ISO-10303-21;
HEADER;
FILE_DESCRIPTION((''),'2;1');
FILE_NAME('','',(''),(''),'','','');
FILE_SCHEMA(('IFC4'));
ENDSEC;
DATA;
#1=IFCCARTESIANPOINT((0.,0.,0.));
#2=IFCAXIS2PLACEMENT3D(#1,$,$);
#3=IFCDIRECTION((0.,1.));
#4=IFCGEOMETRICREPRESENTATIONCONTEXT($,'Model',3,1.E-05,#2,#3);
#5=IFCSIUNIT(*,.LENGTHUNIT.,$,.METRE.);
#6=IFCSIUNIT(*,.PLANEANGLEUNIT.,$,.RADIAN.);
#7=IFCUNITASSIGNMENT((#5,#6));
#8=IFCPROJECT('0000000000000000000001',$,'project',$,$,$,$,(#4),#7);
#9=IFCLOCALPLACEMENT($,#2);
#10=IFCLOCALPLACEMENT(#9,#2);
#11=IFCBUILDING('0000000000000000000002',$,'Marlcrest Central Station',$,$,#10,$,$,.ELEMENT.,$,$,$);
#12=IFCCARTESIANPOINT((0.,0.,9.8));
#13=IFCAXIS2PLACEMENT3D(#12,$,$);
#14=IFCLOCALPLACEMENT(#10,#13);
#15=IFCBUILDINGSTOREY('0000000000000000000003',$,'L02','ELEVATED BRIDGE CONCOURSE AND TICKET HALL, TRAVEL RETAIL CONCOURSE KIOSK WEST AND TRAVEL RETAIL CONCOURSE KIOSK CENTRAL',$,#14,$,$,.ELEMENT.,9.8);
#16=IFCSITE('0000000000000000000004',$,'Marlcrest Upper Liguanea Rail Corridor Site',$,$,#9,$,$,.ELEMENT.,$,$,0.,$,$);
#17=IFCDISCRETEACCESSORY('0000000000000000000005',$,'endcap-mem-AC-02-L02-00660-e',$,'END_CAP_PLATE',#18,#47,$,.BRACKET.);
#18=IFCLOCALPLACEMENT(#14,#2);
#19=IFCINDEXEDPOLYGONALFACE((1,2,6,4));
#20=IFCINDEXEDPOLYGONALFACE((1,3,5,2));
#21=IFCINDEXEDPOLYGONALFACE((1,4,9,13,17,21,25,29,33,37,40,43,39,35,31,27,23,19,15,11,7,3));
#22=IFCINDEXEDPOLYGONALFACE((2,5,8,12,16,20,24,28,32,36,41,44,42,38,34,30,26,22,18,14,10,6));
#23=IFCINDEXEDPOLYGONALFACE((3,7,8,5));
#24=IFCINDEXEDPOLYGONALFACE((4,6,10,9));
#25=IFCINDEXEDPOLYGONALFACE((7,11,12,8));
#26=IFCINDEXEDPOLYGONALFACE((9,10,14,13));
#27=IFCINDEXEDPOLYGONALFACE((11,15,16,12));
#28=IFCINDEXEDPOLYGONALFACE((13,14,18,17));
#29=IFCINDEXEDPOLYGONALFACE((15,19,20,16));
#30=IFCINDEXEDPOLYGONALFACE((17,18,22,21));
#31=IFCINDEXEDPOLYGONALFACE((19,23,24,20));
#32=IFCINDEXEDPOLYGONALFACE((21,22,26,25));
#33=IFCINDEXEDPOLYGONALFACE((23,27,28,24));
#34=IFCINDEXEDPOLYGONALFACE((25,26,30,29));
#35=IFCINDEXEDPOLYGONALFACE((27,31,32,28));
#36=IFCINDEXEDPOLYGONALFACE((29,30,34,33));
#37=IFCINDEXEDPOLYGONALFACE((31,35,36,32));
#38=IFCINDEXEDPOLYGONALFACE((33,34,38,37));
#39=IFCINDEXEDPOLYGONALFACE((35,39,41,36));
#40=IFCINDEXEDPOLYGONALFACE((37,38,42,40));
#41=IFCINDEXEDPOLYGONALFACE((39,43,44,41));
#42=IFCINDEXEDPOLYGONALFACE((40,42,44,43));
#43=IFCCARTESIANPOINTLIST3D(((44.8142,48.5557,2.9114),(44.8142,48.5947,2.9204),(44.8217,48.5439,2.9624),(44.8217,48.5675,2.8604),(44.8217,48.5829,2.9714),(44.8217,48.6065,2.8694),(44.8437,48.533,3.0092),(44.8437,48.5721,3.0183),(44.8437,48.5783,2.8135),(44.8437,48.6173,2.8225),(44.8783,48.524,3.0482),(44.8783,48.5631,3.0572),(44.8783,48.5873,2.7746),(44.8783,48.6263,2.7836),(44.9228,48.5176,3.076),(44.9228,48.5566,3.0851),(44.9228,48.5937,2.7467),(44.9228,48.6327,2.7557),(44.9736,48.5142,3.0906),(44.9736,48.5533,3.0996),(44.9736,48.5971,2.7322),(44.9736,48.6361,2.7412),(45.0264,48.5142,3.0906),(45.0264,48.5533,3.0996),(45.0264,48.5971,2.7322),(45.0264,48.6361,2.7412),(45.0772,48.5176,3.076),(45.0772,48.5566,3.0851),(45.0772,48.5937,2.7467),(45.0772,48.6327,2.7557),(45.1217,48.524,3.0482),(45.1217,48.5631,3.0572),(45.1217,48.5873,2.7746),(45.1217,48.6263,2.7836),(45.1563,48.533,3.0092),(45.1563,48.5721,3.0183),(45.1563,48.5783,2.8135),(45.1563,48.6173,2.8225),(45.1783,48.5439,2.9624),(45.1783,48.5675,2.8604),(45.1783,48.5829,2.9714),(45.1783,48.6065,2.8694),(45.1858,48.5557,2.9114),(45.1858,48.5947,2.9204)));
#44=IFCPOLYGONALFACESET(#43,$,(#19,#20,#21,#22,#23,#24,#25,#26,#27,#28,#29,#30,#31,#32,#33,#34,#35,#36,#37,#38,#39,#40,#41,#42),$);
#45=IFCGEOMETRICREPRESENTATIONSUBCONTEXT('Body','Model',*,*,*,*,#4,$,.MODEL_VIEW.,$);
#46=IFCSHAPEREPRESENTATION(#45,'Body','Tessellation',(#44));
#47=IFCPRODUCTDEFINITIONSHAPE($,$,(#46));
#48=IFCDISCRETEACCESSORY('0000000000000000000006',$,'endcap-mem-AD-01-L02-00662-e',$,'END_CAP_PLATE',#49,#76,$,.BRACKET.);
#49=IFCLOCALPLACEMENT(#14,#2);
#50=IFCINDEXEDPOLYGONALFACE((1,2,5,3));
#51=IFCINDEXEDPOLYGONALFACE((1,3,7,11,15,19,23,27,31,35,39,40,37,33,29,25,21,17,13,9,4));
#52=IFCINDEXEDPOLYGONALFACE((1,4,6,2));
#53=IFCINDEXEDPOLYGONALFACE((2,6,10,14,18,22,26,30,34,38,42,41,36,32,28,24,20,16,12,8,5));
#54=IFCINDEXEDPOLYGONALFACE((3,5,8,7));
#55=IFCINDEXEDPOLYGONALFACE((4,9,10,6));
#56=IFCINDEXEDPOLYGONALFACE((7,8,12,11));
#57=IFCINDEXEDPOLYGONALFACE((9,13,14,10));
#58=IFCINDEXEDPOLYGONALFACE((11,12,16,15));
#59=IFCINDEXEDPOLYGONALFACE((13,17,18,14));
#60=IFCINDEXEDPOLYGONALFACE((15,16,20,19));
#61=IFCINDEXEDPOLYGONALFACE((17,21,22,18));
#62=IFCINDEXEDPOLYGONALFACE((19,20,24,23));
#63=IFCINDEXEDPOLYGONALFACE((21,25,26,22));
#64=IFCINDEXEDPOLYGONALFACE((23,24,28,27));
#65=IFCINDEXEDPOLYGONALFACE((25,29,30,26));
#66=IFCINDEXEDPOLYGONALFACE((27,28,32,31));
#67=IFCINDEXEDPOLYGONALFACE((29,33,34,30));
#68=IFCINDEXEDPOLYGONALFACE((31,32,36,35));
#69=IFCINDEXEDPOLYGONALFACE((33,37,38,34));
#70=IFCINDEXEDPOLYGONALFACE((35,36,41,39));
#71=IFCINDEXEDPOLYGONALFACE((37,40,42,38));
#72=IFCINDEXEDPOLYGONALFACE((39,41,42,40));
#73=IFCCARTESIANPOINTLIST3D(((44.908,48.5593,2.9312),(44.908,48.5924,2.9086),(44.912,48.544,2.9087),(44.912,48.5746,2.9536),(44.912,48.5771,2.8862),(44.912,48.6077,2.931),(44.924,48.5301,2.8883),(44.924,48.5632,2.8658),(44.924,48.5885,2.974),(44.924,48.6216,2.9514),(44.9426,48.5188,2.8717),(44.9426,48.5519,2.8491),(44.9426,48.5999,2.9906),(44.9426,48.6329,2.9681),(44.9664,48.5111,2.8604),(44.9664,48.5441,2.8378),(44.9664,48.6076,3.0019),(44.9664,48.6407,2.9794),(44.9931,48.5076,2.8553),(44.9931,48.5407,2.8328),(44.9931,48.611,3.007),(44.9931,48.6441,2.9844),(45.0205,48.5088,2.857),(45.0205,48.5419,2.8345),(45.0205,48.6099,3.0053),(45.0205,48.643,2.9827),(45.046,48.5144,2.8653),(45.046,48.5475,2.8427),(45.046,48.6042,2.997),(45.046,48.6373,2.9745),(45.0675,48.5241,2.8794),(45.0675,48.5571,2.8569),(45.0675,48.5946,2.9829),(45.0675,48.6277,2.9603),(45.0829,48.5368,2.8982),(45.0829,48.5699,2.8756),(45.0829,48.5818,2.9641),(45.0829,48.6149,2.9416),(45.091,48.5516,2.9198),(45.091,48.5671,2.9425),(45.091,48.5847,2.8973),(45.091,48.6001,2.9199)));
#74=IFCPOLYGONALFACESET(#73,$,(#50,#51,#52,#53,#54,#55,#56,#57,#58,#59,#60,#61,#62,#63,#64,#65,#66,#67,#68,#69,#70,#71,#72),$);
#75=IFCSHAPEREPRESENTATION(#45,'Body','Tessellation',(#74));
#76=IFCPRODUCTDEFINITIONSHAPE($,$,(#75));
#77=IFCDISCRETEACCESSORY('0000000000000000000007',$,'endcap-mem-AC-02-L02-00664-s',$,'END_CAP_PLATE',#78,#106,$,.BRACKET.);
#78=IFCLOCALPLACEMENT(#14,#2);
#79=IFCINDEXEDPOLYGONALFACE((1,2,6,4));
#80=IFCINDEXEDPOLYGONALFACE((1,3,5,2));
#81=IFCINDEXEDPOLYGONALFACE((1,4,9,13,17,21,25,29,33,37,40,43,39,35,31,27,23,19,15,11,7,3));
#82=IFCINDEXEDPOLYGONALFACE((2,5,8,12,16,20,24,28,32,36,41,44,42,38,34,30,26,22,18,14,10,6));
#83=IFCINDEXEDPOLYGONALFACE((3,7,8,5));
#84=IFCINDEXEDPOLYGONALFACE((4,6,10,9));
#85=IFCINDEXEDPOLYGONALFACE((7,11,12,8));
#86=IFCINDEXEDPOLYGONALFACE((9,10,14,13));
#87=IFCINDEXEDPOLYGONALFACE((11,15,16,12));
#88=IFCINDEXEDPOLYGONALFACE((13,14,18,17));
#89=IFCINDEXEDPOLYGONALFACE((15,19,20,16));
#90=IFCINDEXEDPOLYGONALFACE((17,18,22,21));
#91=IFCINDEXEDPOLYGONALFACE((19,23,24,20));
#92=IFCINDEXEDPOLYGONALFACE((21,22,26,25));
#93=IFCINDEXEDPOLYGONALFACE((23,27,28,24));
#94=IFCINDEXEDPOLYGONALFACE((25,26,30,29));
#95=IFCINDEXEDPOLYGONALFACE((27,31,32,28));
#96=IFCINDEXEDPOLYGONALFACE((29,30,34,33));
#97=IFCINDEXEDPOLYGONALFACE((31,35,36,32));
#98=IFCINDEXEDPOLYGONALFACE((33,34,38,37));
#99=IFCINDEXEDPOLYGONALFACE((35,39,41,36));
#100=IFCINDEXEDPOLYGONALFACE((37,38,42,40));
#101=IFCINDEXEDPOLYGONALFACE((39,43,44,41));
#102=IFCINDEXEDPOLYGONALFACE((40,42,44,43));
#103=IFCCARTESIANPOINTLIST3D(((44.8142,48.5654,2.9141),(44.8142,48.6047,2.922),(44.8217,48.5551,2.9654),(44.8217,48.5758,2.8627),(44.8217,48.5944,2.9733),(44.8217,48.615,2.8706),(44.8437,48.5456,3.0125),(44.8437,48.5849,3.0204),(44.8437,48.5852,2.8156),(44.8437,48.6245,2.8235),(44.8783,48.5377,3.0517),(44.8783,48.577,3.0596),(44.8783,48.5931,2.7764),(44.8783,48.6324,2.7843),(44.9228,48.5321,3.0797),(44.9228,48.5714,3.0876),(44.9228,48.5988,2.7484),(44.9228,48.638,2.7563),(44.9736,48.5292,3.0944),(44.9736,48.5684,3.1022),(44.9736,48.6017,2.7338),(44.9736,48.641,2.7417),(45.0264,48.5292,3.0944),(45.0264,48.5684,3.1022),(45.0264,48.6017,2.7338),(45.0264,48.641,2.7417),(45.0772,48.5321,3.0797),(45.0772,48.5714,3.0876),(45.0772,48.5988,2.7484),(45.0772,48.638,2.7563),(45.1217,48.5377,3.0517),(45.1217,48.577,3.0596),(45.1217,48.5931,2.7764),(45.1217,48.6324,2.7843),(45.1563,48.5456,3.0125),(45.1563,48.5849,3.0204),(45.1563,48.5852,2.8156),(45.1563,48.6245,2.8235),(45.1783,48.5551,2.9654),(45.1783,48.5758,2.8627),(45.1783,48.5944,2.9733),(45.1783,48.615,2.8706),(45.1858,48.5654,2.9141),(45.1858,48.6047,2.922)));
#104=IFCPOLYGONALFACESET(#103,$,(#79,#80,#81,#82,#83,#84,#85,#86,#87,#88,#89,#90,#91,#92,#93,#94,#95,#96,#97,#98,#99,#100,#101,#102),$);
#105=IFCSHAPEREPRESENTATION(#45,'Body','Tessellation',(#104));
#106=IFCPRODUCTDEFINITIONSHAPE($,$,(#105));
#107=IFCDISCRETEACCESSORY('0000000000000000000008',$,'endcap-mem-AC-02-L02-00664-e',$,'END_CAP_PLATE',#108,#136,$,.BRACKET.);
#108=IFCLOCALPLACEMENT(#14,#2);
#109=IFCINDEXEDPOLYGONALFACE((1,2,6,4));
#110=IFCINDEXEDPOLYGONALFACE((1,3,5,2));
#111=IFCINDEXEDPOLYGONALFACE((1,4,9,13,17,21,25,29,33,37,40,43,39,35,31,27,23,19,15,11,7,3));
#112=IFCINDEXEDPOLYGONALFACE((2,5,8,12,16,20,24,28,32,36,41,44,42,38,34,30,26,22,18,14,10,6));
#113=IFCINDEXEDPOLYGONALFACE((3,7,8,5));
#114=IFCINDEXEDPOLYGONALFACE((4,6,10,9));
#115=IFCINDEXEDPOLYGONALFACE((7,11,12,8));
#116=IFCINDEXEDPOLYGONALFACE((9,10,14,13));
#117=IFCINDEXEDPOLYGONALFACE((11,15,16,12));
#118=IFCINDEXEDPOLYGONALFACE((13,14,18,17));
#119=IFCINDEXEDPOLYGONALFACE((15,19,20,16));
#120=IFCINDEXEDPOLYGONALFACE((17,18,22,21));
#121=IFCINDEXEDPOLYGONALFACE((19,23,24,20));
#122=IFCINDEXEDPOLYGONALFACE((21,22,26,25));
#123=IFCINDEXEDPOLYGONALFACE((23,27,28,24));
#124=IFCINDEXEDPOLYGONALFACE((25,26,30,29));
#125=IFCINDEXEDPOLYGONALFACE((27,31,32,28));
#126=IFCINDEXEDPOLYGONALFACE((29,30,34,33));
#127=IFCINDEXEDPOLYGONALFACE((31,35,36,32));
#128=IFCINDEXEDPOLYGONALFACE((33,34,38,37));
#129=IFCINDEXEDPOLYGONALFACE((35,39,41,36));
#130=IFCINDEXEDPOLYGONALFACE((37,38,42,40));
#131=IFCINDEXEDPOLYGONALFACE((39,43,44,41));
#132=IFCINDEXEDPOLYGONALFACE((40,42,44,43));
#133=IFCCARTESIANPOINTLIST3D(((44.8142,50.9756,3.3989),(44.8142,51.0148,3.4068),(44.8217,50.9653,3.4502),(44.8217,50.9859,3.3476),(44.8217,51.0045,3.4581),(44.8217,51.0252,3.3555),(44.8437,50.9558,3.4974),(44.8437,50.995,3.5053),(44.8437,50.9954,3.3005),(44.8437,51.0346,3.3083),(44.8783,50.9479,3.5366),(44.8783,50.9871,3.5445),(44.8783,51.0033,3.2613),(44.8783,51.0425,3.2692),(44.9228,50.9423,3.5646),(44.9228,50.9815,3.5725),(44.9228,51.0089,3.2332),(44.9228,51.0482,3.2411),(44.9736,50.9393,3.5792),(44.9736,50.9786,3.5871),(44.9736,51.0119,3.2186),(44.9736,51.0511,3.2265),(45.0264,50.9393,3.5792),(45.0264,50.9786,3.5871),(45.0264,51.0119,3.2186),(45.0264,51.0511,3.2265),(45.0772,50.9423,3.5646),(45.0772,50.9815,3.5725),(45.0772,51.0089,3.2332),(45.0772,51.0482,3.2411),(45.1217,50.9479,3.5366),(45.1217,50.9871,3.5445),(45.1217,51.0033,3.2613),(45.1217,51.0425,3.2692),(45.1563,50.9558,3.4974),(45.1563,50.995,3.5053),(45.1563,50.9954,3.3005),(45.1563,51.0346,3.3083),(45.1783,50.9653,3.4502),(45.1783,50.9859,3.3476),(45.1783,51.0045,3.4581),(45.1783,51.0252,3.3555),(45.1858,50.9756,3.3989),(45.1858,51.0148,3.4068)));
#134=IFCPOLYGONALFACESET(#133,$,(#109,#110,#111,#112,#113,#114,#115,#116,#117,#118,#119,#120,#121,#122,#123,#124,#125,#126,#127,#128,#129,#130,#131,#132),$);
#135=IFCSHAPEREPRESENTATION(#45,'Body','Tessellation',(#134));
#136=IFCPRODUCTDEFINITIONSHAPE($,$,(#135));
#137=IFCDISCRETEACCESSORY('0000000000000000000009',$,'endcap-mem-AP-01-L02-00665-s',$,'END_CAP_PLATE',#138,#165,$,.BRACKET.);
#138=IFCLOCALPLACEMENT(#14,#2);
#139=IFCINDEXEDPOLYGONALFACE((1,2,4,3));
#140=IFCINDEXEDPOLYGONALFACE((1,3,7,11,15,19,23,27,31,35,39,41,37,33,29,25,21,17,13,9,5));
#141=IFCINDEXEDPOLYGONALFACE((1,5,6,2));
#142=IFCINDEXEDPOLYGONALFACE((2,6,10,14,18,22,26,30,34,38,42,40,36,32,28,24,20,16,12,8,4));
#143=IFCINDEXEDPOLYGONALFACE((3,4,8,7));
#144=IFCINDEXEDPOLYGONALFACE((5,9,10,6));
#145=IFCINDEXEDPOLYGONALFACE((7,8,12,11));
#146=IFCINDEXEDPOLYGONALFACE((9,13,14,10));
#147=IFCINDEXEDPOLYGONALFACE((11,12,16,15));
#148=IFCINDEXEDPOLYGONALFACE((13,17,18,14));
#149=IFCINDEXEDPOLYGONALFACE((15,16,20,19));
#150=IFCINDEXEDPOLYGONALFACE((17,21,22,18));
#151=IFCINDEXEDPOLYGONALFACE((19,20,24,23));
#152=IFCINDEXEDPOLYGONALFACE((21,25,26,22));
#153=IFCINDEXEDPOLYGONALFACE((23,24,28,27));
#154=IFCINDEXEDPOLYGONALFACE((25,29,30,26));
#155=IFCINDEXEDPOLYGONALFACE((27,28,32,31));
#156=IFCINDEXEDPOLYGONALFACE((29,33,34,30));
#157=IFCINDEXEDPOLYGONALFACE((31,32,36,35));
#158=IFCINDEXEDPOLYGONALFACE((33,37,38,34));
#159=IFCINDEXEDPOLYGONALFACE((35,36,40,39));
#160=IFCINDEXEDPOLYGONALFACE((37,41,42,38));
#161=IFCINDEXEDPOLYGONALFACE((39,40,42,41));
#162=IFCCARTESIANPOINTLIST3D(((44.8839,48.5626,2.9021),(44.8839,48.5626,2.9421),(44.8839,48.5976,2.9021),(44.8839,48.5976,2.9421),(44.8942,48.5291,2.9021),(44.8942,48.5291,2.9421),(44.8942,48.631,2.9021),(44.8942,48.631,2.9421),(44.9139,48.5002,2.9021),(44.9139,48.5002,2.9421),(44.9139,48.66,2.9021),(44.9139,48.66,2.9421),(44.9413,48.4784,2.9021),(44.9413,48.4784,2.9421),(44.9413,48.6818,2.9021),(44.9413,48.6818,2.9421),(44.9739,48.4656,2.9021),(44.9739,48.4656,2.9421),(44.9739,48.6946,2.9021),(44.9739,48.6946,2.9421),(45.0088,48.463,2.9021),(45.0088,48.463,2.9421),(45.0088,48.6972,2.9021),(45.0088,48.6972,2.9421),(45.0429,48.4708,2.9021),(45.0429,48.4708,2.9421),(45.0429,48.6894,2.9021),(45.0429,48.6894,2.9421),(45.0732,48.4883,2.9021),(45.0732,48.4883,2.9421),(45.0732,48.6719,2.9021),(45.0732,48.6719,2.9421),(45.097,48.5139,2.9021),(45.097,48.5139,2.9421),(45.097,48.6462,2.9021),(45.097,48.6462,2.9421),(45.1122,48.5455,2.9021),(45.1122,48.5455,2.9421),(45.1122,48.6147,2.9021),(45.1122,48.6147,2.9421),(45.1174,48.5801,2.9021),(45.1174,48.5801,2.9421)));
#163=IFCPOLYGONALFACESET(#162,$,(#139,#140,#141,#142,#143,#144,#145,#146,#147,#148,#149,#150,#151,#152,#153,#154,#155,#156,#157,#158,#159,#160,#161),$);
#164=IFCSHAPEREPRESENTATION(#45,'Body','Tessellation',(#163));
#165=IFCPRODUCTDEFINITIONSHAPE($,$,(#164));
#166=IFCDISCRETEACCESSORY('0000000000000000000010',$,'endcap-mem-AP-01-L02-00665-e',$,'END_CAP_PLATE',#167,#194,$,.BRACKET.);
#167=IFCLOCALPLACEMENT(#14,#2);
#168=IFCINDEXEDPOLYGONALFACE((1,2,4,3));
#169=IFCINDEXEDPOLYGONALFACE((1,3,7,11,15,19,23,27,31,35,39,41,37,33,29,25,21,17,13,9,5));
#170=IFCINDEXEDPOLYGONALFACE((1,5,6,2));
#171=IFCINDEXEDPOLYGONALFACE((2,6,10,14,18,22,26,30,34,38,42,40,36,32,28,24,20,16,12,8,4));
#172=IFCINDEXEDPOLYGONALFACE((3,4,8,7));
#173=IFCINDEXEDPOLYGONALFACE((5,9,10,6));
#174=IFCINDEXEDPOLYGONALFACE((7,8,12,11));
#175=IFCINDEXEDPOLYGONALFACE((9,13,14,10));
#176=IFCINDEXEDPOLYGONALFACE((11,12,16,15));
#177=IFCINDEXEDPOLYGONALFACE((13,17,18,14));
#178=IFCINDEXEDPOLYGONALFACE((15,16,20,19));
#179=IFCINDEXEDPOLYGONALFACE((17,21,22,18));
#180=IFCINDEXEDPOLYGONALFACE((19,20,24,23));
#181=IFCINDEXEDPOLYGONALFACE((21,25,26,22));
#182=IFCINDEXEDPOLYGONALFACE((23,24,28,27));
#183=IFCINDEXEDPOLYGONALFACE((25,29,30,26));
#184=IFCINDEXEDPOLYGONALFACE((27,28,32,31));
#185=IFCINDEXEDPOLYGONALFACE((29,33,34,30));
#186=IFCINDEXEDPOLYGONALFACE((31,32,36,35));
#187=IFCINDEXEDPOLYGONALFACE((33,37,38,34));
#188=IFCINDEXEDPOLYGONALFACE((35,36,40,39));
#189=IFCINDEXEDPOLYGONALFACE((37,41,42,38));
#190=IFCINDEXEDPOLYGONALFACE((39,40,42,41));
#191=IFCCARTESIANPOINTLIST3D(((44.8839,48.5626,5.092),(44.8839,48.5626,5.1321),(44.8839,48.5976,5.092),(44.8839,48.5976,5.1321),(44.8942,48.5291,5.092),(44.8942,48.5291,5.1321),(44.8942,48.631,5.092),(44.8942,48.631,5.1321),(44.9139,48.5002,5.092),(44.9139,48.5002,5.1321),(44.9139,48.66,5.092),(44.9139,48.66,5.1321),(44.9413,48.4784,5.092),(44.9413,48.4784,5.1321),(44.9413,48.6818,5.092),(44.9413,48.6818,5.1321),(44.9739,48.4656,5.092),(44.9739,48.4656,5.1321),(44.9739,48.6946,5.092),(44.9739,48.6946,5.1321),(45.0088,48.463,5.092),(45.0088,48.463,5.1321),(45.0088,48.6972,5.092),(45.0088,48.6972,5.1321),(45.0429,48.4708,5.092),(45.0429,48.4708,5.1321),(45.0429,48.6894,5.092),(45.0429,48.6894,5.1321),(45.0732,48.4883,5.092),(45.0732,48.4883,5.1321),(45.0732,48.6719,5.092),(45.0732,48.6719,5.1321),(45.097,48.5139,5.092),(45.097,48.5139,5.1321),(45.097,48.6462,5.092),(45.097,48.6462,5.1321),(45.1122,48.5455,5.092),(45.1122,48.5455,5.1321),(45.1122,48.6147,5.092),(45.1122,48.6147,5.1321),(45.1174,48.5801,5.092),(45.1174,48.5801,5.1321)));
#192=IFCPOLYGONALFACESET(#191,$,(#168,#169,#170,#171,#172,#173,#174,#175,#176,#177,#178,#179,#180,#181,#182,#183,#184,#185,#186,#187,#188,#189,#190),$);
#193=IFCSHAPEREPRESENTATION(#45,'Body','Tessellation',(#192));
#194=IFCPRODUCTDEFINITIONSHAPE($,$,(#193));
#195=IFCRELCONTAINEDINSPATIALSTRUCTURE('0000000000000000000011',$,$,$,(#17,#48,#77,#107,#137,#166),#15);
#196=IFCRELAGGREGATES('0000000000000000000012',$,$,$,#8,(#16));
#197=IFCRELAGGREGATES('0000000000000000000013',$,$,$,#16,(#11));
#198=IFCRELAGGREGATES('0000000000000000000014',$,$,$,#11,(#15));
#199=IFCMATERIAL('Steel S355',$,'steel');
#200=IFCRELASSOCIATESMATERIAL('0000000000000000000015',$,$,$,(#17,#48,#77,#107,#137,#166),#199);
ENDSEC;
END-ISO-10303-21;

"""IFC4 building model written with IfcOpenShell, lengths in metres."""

from ifc_helpers import new_model, si_unit, direction, frame, origin, origin_2d, place, context, subcontext, project, spatial, circle, extrude, material, element, save


model = new_model("IFC4")

# Units and contexts
model_context = context("Model", 3, precision=1e-05, world=origin(), true_north=direction((0.0, 1.0)))
body_context = subcontext(model_context, "Body", "Model", "MODEL_VIEW")
ifc_project = project(units=[si_unit("LENGTHUNIT", "METRE"), si_unit("PLANEANGLEUNIT", "RADIAN")], contexts=[model_context])

# Site, building, storey
site_placement = place(None, origin())
site = spatial("IfcSite", under=ifc_project, at=site_placement, Name="Marlcrest Upper Liguanea Rail Corridor Site", CompositionType="ELEMENT", RefElevation=0.0)
building_placement = place(site_placement, origin())
building = spatial("IfcBuilding", under=site, at=building_placement, Name="Marlcrest Central Station", CompositionType="ELEMENT")
storey_placement = place(building_placement, frame((0.0, 0.0, 9.8)))
storey = spatial("IfcBuildingStorey", under=building, at=storey_placement, Name="L02", Description="ELEVATED BRIDGE CONCOURSE AND TICKET HALL, TRAVEL RETAIL CONCOURSE KIOSK WEST AND TRAVEL RETAIL CONCOURSE KIOSK CENTRAL", CompositionType="ELEMENT", Elevation=9.8)

# Shared definitions
ifc_material = material(Name="Steel S355", Category="steel")

# Discrete accessories
discrete_accessory_1_placement = place(storey_placement, frame((45.0, 48.5557, 2.9114), z_axis=(0.0, 0.974308, 0.22522), x_axis=(-1.0, 0.0, 0.0)))
element("IfcDiscreteAccessory", 1, at=discrete_accessory_1_placement, inside=storey, material=ifc_material, Name="endcap-mem-AC-02-L02-00660-e", ObjectType="END_CAP_PLATE", PredefinedType="BRACKET", context=body_context, shape_type="SweptSolid", body=[
    extrude(circle(Radius=0.1858, at=origin_2d()), origin(), (0.0, 0.0, 1.0), 0.04),
])
discrete_accessory_2_placement = place(storey_placement, frame((45.0, 48.5593, 2.9312), z_axis=(0.0, 0.826263, -0.563285), x_axis=(-1.0, 0.0, 0.0)))
element("IfcDiscreteAccessory", 2, at=discrete_accessory_2_placement, inside=storey, material=ifc_material, Name="endcap-mem-AD-01-L02-00662-e", ObjectType="END_CAP_PLATE", PredefinedType="BRACKET", context=body_context, shape_type="SweptSolid", body=[
    extrude(circle(Radius=0.092, at=origin_2d()), origin(), (0.0, 0.0, 1.0), 0.04),
])
for number, where, z_axis, x_axis, name in (
    (3, (45.0, 48.5654, 2.9141), (0.0, 0.980359, 0.197219), (-1.0, 0.0, 0.0), "endcap-mem-AC-02-L02-00664-s"),
    (4, (45.0, 50.9756, 3.3989), (0.0, 0.980359, 0.197219), (-1.0, 0.0, 0.0), "endcap-mem-AC-02-L02-00664-e"),
):
    element("IfcDiscreteAccessory", number, at=place(storey_placement, frame(where, z_axis=z_axis, x_axis=x_axis)), inside=storey, material=ifc_material, Name=name, ObjectType="END_CAP_PLATE", PredefinedType="BRACKET", context=body_context, shape_type="SweptSolid", body=[
        extrude(circle(Radius=0.1858, at=origin_2d()), origin(), (0.0, 0.0, 1.0), 0.04),
    ])
for number, where, z_axis, x_axis, name in (
    (5, (45.0, 48.5801, 2.9021), (0.0, 0.0, 1.0), (1.0, 0.0, 0.0), "endcap-mem-AP-01-L02-00665-s"),
    (6, (45.0, 48.5801, 5.092), (0.0, 0.0, 1.0), (1.0, 0.0, 0.0), "endcap-mem-AP-01-L02-00665-e"),
):
    element("IfcDiscreteAccessory", number, at=place(storey_placement, frame(where, z_axis=z_axis, x_axis=x_axis)), inside=storey, material=ifc_material, Name=name, ObjectType="END_CAP_PLATE", PredefinedType="BRACKET", context=body_context, shape_type="SweptSolid", body=[
        extrude(circle(Radius=0.1174, at=origin_2d()), origin(), (0.0, 0.0, 1.0), 0.04),
    ])

save(model, "model.ifc")
